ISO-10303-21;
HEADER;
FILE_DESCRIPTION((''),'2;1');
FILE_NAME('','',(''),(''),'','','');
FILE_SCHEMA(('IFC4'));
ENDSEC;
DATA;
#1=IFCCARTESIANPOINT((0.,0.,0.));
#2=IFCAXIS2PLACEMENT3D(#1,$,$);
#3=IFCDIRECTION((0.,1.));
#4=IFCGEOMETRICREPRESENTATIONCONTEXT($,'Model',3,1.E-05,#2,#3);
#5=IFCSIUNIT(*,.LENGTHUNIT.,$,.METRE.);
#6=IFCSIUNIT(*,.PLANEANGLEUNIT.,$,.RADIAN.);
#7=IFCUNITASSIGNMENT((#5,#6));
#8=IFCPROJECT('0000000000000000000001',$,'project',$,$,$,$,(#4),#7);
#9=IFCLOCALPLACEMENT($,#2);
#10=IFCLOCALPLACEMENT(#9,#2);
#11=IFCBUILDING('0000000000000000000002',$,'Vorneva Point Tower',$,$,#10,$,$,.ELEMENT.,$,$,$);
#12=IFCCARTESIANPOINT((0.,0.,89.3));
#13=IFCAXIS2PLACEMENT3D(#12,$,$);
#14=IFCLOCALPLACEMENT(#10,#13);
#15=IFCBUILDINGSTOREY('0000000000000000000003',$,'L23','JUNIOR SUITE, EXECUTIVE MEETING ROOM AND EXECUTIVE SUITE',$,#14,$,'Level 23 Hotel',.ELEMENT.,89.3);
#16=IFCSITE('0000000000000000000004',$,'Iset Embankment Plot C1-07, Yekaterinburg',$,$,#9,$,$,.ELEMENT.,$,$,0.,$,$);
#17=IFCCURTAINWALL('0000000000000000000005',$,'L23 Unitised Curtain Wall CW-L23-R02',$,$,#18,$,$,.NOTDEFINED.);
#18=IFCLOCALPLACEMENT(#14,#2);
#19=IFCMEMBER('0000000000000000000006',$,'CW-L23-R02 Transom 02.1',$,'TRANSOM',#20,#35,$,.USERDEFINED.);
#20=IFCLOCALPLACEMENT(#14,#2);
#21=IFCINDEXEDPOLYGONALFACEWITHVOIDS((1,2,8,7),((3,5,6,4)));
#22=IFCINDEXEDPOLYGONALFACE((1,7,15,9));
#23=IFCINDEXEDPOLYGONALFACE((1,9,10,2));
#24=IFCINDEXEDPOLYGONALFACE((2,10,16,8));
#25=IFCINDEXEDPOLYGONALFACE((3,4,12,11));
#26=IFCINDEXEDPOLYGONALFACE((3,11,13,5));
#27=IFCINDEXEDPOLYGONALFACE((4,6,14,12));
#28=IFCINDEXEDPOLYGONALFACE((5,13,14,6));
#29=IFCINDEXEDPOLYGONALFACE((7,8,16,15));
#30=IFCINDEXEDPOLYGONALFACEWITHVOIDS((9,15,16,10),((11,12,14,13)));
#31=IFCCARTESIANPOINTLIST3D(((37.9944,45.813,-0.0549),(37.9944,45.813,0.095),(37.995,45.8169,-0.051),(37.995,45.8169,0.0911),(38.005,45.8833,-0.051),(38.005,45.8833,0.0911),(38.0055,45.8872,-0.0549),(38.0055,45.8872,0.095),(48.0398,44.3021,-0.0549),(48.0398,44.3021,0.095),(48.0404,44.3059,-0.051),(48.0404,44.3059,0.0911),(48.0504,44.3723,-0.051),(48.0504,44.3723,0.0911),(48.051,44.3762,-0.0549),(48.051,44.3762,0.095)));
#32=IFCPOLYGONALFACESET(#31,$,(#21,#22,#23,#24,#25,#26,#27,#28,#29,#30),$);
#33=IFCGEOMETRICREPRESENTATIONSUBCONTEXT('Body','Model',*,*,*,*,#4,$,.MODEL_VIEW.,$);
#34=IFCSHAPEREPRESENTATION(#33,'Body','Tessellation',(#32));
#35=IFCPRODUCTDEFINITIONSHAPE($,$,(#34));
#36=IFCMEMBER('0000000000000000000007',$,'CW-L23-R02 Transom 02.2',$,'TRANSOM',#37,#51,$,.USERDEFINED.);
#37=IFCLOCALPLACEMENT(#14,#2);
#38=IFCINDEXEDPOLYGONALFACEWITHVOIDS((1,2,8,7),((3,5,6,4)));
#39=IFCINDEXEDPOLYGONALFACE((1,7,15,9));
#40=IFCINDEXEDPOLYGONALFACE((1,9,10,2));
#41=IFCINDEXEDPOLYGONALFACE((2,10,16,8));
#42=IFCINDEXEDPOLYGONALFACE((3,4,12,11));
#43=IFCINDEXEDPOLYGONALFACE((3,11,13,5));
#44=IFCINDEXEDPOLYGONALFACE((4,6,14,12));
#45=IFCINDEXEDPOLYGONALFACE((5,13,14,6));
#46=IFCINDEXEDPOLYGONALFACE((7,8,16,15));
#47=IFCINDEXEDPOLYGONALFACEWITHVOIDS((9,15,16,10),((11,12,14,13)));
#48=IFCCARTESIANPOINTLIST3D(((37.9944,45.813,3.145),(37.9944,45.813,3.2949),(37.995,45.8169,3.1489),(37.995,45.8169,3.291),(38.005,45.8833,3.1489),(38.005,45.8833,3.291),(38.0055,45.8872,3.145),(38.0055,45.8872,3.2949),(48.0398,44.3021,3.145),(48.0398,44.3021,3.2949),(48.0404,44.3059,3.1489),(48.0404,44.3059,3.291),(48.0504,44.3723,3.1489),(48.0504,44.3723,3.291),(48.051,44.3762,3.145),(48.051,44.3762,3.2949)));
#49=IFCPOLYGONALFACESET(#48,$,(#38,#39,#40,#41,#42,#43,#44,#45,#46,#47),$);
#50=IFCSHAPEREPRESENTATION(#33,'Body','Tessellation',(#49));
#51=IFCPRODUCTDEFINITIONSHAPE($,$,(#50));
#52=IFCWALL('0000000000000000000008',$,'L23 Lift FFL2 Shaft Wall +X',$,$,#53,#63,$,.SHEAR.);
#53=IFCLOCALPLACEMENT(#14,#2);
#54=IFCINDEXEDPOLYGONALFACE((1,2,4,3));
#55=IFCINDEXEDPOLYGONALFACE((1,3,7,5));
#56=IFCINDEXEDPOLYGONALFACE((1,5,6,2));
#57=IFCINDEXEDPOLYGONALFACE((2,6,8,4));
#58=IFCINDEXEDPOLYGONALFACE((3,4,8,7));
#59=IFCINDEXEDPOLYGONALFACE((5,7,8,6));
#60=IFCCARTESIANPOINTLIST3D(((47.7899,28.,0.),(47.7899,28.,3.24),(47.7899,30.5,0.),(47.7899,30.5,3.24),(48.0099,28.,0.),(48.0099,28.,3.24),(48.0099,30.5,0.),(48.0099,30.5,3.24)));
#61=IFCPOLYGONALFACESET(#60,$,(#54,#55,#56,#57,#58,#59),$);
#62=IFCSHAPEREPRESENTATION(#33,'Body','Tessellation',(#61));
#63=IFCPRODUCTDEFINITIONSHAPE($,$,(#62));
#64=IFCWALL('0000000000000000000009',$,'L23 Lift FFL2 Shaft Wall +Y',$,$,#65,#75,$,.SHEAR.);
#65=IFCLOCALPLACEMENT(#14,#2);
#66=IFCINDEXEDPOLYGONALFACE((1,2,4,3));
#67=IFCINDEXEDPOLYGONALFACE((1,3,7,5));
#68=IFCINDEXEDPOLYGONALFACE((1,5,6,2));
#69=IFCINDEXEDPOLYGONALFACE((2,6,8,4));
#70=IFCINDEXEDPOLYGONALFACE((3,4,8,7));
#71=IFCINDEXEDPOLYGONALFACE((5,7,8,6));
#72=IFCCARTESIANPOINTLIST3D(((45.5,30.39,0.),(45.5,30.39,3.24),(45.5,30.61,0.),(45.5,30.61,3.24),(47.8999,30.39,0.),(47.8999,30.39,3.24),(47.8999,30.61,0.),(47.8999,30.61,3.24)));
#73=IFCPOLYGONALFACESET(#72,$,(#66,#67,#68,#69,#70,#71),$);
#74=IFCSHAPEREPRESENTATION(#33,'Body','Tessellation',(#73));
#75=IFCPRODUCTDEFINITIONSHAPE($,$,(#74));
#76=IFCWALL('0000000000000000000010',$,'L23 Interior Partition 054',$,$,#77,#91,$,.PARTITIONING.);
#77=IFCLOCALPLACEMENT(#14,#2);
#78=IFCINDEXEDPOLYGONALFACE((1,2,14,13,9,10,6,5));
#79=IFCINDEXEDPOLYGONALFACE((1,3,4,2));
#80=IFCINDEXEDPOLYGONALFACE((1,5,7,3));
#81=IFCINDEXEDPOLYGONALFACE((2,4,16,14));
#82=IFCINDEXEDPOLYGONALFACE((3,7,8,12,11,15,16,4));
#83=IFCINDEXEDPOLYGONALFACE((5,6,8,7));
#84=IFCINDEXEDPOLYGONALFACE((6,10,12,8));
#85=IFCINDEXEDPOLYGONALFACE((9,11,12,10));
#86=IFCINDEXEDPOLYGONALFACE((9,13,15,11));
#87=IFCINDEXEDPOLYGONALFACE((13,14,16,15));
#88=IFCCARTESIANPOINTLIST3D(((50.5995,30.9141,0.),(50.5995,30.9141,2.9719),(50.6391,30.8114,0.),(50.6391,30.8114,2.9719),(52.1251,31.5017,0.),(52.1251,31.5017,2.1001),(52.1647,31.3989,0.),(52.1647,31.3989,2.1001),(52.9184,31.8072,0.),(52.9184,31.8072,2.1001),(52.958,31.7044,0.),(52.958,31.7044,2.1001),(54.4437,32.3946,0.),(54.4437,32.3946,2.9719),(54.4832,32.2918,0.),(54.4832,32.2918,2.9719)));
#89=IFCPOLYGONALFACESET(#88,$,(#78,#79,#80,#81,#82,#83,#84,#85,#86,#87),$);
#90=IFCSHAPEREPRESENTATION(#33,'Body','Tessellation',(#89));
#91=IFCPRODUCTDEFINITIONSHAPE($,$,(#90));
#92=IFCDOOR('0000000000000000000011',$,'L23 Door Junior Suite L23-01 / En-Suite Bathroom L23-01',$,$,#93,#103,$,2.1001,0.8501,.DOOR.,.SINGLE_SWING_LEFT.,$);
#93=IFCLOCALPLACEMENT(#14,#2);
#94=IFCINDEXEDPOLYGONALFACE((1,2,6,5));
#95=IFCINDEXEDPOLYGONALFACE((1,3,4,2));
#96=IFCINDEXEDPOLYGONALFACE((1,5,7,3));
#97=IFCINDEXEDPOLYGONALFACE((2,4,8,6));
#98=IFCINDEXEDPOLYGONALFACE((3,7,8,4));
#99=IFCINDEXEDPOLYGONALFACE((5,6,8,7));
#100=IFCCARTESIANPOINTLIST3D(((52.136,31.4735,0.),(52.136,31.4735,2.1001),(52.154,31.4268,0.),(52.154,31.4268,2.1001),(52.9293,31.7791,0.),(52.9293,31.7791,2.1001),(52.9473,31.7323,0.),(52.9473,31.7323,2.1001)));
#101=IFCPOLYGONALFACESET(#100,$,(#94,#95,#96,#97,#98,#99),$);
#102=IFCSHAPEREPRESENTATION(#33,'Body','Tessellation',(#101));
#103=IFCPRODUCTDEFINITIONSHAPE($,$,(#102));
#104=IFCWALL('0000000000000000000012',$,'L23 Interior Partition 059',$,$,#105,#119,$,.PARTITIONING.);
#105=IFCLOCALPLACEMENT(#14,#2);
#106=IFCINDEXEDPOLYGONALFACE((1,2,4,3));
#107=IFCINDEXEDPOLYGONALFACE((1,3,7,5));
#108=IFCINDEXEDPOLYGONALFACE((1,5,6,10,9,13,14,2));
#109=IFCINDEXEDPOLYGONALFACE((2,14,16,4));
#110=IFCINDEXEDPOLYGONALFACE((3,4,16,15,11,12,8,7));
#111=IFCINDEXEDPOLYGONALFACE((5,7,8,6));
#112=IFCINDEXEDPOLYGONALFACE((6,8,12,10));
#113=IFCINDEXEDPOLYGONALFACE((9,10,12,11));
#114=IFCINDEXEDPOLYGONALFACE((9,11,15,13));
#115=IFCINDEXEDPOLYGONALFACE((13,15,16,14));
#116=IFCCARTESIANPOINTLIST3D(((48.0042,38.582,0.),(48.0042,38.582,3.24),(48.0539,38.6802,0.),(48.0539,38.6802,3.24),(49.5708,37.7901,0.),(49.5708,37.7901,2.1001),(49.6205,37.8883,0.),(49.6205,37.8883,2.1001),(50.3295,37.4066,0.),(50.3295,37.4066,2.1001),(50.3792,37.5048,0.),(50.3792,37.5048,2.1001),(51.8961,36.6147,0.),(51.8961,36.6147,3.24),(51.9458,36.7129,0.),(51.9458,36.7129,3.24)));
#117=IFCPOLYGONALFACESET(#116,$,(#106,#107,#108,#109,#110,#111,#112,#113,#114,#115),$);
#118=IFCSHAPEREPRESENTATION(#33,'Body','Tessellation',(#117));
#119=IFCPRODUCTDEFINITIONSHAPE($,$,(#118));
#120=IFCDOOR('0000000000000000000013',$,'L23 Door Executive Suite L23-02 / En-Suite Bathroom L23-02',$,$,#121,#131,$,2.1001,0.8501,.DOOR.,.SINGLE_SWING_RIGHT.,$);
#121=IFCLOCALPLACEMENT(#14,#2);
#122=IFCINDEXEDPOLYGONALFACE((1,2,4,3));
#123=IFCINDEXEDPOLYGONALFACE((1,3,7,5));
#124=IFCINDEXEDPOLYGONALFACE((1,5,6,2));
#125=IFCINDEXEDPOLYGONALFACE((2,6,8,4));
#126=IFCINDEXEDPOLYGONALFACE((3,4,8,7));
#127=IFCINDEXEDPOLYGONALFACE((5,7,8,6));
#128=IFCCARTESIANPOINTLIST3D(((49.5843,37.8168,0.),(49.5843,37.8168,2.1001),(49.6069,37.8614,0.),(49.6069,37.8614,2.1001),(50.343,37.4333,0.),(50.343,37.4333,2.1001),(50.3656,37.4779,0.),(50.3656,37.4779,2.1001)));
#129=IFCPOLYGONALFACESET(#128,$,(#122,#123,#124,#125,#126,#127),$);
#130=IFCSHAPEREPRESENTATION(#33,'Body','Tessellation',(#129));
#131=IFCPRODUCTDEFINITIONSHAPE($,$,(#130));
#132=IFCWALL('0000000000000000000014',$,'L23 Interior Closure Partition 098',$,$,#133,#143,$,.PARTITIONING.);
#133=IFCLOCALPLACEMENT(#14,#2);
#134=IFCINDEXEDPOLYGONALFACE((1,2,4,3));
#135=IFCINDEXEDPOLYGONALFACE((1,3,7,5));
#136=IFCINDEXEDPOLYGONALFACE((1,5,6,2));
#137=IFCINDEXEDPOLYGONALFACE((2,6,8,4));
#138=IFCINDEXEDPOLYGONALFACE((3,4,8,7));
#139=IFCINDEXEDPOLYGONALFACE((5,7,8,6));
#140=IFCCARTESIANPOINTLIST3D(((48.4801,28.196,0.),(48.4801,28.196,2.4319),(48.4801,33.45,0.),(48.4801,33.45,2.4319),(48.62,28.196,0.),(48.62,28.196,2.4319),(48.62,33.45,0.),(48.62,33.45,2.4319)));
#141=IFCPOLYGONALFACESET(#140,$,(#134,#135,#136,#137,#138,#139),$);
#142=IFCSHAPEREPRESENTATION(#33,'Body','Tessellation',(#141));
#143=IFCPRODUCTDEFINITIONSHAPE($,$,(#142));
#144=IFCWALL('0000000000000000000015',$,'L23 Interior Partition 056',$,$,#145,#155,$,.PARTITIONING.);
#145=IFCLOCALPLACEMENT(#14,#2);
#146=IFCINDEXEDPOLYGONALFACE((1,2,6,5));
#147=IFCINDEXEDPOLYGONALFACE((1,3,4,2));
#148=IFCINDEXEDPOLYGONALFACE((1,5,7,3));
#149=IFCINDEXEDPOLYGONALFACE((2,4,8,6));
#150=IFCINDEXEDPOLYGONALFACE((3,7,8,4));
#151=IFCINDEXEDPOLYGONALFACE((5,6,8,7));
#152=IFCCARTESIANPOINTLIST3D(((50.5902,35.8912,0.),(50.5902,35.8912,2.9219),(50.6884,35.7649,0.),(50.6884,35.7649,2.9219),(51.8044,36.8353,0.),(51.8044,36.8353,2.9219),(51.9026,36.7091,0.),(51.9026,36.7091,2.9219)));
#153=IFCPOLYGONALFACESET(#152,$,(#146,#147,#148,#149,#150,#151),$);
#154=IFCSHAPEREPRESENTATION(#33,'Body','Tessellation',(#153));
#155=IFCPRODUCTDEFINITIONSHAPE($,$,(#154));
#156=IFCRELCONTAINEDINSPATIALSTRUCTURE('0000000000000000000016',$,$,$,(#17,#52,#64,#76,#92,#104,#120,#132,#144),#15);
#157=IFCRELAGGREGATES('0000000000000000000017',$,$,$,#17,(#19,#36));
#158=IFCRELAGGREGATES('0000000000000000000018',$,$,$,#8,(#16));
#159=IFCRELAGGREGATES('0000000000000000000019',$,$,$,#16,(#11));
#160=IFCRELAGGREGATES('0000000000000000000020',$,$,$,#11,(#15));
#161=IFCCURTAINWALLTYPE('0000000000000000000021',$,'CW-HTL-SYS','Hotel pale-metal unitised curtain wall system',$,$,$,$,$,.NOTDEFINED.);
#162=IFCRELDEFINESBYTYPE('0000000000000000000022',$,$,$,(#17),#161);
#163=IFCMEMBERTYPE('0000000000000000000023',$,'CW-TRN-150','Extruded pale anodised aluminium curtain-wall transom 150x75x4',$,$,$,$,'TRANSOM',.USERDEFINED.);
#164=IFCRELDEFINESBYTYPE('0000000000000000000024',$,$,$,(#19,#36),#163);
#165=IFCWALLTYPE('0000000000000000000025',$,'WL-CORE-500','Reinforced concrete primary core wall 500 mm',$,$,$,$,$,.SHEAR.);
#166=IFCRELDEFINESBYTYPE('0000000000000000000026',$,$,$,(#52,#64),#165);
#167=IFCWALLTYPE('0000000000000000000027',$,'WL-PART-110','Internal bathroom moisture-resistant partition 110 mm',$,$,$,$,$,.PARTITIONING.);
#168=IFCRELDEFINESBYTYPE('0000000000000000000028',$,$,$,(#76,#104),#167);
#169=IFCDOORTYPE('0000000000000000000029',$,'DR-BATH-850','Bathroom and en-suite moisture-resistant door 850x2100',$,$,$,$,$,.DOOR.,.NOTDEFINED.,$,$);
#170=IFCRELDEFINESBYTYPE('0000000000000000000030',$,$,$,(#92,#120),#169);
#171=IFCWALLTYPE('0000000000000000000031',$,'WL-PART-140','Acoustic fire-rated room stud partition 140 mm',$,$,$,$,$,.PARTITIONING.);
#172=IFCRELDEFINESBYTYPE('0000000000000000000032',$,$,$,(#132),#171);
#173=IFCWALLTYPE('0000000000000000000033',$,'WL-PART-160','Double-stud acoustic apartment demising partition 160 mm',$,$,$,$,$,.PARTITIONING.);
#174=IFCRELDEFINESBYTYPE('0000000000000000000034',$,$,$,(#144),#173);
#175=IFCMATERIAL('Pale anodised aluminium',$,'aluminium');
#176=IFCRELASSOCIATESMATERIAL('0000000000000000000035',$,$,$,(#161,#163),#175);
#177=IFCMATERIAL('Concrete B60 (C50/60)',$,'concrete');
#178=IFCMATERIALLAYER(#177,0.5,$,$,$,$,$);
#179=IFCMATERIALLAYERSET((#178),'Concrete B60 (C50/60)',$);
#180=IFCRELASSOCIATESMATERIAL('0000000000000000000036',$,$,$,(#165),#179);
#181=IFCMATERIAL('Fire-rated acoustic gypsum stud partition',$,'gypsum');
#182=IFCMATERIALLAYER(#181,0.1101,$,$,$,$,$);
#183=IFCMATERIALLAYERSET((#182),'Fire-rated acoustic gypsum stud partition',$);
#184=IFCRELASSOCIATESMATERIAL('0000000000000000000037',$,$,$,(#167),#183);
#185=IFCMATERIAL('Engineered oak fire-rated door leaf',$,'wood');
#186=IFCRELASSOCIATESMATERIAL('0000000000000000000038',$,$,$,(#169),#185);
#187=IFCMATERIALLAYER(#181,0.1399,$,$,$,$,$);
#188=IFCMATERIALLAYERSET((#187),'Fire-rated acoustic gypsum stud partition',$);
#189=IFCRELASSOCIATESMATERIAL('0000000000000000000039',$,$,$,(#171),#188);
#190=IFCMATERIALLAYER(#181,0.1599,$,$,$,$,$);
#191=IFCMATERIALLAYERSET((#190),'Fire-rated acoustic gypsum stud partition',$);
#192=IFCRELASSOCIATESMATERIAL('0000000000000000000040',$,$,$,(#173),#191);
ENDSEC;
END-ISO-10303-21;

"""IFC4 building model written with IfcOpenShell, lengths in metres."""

from ifc_helpers import new_model, si_unit, direction, frame, frame_2d, origin, origin_2d, place, context, subcontext, project, spatial, rectangle, hollow_rectangle, extrude, material, layer, layer_set, material_profile, profile_set, type_object, element, fill, aggregate, save


model = new_model("IFC4")

# Units and contexts
model_context = context("Model", 3, precision=1e-05, world=origin(), true_north=direction((0.0, 1.0)))
body_context = subcontext(model_context, "Body", "Model", "MODEL_VIEW")
ifc_project = project(units=[si_unit("LENGTHUNIT", "METRE"), si_unit("PLANEANGLEUNIT", "RADIAN")], contexts=[model_context])

# Site, building, storey
site_placement = place(None, origin())
site = spatial("IfcSite", under=ifc_project, at=site_placement, Name="Iset Embankment Plot C1-07, Yekaterinburg", CompositionType="ELEMENT", RefElevation=0.0)
building_placement = place(site_placement, origin())
building = spatial("IfcBuilding", under=site, at=building_placement, Name="Vorneva Point Tower", CompositionType="ELEMENT")
storey_placement = place(building_placement, frame((0.0, 0.0, 89.3)))
storey = spatial("IfcBuildingStorey", under=building, at=storey_placement, Name="L23", Description="JUNIOR SUITE, EXECUTIVE MEETING ROOM AND EXECUTIVE SUITE", LongName="Level 23 Hotel", CompositionType="ELEMENT", Elevation=89.3)

# Shared definitions
ifc_material_1 = material(Name="Concrete B60 (C50/60)", Category="concrete")

# Curtain wall, members
ifc_material_2 = material(Name="Pale anodised aluminium", Category="aluminium")
curtain_wall_type = type_object("IfcCurtainWallType", Name="CW-HTL-SYS", Description="Hotel pale-metal unitised curtain wall system", PredefinedType="NOTDEFINED", material=ifc_material_2)
curtain_wall_placement = place(storey_placement, origin())
curtain_wall = element("IfcCurtainWall", 1, at=curtain_wall_placement, inside=storey, type_object=curtain_wall_type, Name="L23 Unitised Curtain Wall CW-L23-R02", PredefinedType="NOTDEFINED")
ifc_material_profile_1 = material_profile(ifc_material_2, hollow_rectangle(XDim=0.075, YDim=0.1499, WallThickness=0.0039, at=origin_2d()), Name="AL-TRN 150x75x4")
ifc_profile_set_1 = profile_set([ifc_material_profile_1], Name="Pale anodised aluminium")
member_type_1 = type_object("IfcMemberType", Name="CW-TRN-150", Description="Extruded pale anodised aluminium curtain-wall transom 150x75x4", ElementType="TRANSOM", PredefinedType="USERDEFINED", material=ifc_profile_set_1)
member_1_placement = place(storey_placement, frame((48.0454, 44.3391, 0.02), z_axis=(-0.988876, 0.148742, 0.0), x_axis=(-0.148742, -0.988876, 0.0)))
member_1 = element("IfcMember", 2, at=member_1_placement, type_object=member_type_1, Name="CW-L23-R02 Transom 02.1", ObjectType="TRANSOM", PredefinedType="USERDEFINED", context=body_context, shape_type="SweptSolid", body=[
    extrude(hollow_rectangle(XDim=0.075, YDim=0.1499, WallThickness=0.0039, at=origin_2d()), origin(), (0.0, 0.0, 1.0), 10.1584),
])
member_2_placement = place(storey_placement, frame((48.0454, 44.3391, 3.22), z_axis=(-0.988876, 0.148742, 0.0), x_axis=(-0.148742, -0.988876, 0.0)))
member_2 = element("IfcMember", 3, at=member_2_placement, type_object=member_type_1, Name="CW-L23-R02 Transom 02.2", ObjectType="TRANSOM", PredefinedType="USERDEFINED", context=body_context, shape_type="SweptSolid", body=[
    extrude(hollow_rectangle(XDim=0.075, YDim=0.1499, WallThickness=0.0039, at=origin_2d()), origin(), (0.0, 0.0, 1.0), 10.1584),
])
aggregate(curtain_wall, [member_1, member_2])

# Walls
ifc_layer_1 = layer(ifc_material_1, 0.5)
ifc_layer_set_1 = layer_set([ifc_layer_1], Name="Concrete B60 (C50/60)")
wall_type_1 = type_object("IfcWallType", Name="WL-CORE-500", Description="Reinforced concrete primary core wall 500 mm", PredefinedType="SHEAR", material=ifc_layer_set_1)
wall_1_placement = place(storey_placement, frame((47.8999, 28.0, 0.0), z_axis=(0.0, 0.0, 1.0), x_axis=(0.0, 1.0, 0.0)))
element("IfcWall", 4, at=wall_1_placement, inside=storey, type_object=wall_type_1, Name="L23 Lift FFL2 Shaft Wall +X", PredefinedType="SHEAR", context=body_context, shape_type="SweptSolid", body=[
    extrude(rectangle(XDim=2.5, YDim=0.22, at=frame_2d((1.25, 0.0))), origin(), (0.0, 0.0, 1.0), 3.24),
])
wall_2_placement = place(storey_placement, frame((47.8999, 30.5, 0.0), z_axis=(0.0, 0.0, 1.0), x_axis=(-1.0, 0.0, 0.0)))
element("IfcWall", 5, at=wall_2_placement, inside=storey, type_object=wall_type_1, Name="L23 Lift FFL2 Shaft Wall +Y", PredefinedType="SHEAR", context=body_context, shape_type="SweptSolid", body=[
    extrude(rectangle(XDim=2.3999, YDim=0.22, at=frame_2d((1.2, 0.0))), origin(), (0.0, 0.0, 1.0), 3.24),
])

# Walls, openings, doors
ifc_material_3 = material(Name="Fire-rated acoustic gypsum stud partition", Category="gypsum")
ifc_layer_2 = layer(ifc_material_3, 0.1101)
ifc_layer_set_2 = layer_set([ifc_layer_2], Name="Fire-rated acoustic gypsum stud partition")
wall_type_2 = type_object("IfcWallType", Name="WL-PART-110", Description="Internal bathroom moisture-resistant partition 110 mm", PredefinedType="PARTITIONING", material=ifc_layer_set_2)
wall_3_placement = place(storey_placement, frame((50.6194, 30.8628, 0.0), z_axis=(0.0, 0.0, 1.0), x_axis=(0.93319, 0.359384, 0.0)))
wall_3 = element("IfcWall", 6, at=wall_3_placement, inside=storey, type_object=wall_type_2, Name="L23 Interior Partition 054", PredefinedType="PARTITIONING", context=body_context, shape_type="SweptSolid", body=[
    extrude(rectangle(XDim=4.1194, YDim=0.1101, at=frame_2d((2.0596, 0.0))), origin(), (0.0, 0.0, 1.0), 2.9719),
])
opening_1_placement = place(wall_3_placement, frame((1.6348, 0.0, 0.0)))
opening_1 = element("IfcOpeningElement", 7, at=opening_1_placement, cuts=wall_3, PredefinedType="OPENING", context=body_context, shape_type="SweptSolid", body=[
    extrude(rectangle(XDim=0.8501, YDim=2.1001, at=frame_2d((0.425, 1.05))), frame((0.0, 0.0698, 0.0), z_axis=(0.0, -1.0, 0.0), x_axis=(1.0, 0.0, 0.0)), (0.0, 0.0, 1.0), 0.1399),
])
ifc_material_4 = material(Name="Engineered oak fire-rated door leaf", Category="wood")
door_type_1 = type_object("IfcDoorType", Name="DR-BATH-850", Description="Bathroom and en-suite moisture-resistant door 850x2100", OperationType="NOTDEFINED", PredefinedType="DOOR", material=ifc_material_4)
door_1_placement = place(opening_1_placement, origin())
door_1 = element("IfcDoor", 8, at=door_1_placement, inside=storey, type_object=door_type_1, Name="L23 Door Junior Suite L23-01 / En-Suite Bathroom L23-01", OperationType="SINGLE_SWING_LEFT", OverallHeight=2.1001, OverallWidth=0.8501, PredefinedType="DOOR", context=body_context, shape_type="SweptSolid", body=[
    extrude(rectangle(XDim=0.8501, YDim=2.1001, at=frame_2d((0.425, 1.05))), frame((0.0, 0.0249, 0.0), z_axis=(0.0, -1.0, 0.0), x_axis=(1.0, 0.0, 0.0)), (0.0, 0.0, 1.0), 0.05),
])
fill(opening_1, door_1)
wall_4_placement = place(storey_placement, frame((48.0291, 38.6311, 0.0), z_axis=(0.0, 0.0, 1.0), x_axis=(0.892459, -0.451128, 0.0)))
wall_4 = element("IfcWall", 9, at=wall_4_placement, inside=storey, type_object=wall_type_2, Name="L23 Interior Partition 059", PredefinedType="PARTITIONING", context=body_context, shape_type="SweptSolid", body=[
    extrude(rectangle(XDim=4.3608, YDim=0.1101, at=frame_2d((2.1804, 0.0))), origin(), (0.0, 0.0, 1.0), 3.24),
])
opening_2_placement = place(wall_4_placement, frame((1.7554, 0.0, 0.0)))
opening_2 = element("IfcOpeningElement", 10, at=opening_2_placement, cuts=wall_4, PredefinedType="OPENING", context=body_context, shape_type="SweptSolid", body=[
    extrude(rectangle(XDim=0.8501, YDim=2.1001, at=frame_2d((0.425, 1.05))), frame((0.0, 0.0698, 0.0), z_axis=(0.0, -1.0, 0.0), x_axis=(1.0, 0.0, 0.0)), (0.0, 0.0, 1.0), 0.1399),
])
door_2_placement = place(opening_2_placement, origin())
door_2 = element("IfcDoor", 11, at=door_2_placement, inside=storey, type_object=door_type_1, Name="L23 Door Executive Suite L23-02 / En-Suite Bathroom L23-02", OperationType="SINGLE_SWING_RIGHT", OverallHeight=2.1001, OverallWidth=0.8501, PredefinedType="DOOR", context=body_context, shape_type="SweptSolid", body=[
    extrude(rectangle(XDim=0.8501, YDim=2.1001, at=frame_2d((0.425, 1.05))), frame((0.0, 0.0249, 0.0), z_axis=(0.0, -1.0, 0.0), x_axis=(1.0, 0.0, 0.0)), (0.0, 0.0, 1.0), 0.05),
])
fill(opening_2, door_2)

# Walls
ifc_layer_3 = layer(ifc_material_3, 0.1399)
ifc_layer_set_3 = layer_set([ifc_layer_3], Name="Fire-rated acoustic gypsum stud partition")
wall_type_3 = type_object("IfcWallType", Name="WL-PART-140", Description="Acoustic fire-rated room stud partition 140 mm", PredefinedType="PARTITIONING", material=ifc_layer_set_3)
wall_5_placement = place(storey_placement, frame((48.55, 33.45, 0.0), z_axis=(0.0, 0.0, 1.0), x_axis=(0.0, -1.0, 0.0)))
element("IfcWall", 12, at=wall_5_placement, inside=storey, type_object=wall_type_3, Name="L23 Interior Closure Partition 098", PredefinedType="PARTITIONING", context=body_context, shape_type="SweptSolid", body=[
    extrude(rectangle(XDim=5.2539, YDim=0.1399, at=frame_2d((2.627, 0.0))), origin(), (0.0, 0.0, 1.0), 2.4319),
])
ifc_layer_4 = layer(ifc_material_3, 0.1599)
ifc_layer_set_4 = layer_set([ifc_layer_4], Name="Fire-rated acoustic gypsum stud partition")
wall_type_4 = type_object("IfcWallType", Name="WL-PART-160", Description="Double-stud acoustic apartment demising partition 160 mm", PredefinedType="PARTITIONING", material=ifc_layer_set_4)
wall_6_placement = place(storey_placement, frame((51.8535, 36.7722, 0.0), z_axis=(0.0, 0.0, 1.0), x_axis=(-0.789421, -0.613853, 0.0)))
element("IfcWall", 13, at=wall_6_placement, inside=storey, type_object=wall_type_4, Name="L23 Interior Partition 056", PredefinedType="PARTITIONING", context=body_context, shape_type="SweptSolid", body=[
    extrude(rectangle(XDim=1.5381, YDim=0.1599, at=frame_2d((0.769, 0.0))), origin(), (0.0, 0.0, 1.0), 2.9219),
])

save(model, "model.ifc")
